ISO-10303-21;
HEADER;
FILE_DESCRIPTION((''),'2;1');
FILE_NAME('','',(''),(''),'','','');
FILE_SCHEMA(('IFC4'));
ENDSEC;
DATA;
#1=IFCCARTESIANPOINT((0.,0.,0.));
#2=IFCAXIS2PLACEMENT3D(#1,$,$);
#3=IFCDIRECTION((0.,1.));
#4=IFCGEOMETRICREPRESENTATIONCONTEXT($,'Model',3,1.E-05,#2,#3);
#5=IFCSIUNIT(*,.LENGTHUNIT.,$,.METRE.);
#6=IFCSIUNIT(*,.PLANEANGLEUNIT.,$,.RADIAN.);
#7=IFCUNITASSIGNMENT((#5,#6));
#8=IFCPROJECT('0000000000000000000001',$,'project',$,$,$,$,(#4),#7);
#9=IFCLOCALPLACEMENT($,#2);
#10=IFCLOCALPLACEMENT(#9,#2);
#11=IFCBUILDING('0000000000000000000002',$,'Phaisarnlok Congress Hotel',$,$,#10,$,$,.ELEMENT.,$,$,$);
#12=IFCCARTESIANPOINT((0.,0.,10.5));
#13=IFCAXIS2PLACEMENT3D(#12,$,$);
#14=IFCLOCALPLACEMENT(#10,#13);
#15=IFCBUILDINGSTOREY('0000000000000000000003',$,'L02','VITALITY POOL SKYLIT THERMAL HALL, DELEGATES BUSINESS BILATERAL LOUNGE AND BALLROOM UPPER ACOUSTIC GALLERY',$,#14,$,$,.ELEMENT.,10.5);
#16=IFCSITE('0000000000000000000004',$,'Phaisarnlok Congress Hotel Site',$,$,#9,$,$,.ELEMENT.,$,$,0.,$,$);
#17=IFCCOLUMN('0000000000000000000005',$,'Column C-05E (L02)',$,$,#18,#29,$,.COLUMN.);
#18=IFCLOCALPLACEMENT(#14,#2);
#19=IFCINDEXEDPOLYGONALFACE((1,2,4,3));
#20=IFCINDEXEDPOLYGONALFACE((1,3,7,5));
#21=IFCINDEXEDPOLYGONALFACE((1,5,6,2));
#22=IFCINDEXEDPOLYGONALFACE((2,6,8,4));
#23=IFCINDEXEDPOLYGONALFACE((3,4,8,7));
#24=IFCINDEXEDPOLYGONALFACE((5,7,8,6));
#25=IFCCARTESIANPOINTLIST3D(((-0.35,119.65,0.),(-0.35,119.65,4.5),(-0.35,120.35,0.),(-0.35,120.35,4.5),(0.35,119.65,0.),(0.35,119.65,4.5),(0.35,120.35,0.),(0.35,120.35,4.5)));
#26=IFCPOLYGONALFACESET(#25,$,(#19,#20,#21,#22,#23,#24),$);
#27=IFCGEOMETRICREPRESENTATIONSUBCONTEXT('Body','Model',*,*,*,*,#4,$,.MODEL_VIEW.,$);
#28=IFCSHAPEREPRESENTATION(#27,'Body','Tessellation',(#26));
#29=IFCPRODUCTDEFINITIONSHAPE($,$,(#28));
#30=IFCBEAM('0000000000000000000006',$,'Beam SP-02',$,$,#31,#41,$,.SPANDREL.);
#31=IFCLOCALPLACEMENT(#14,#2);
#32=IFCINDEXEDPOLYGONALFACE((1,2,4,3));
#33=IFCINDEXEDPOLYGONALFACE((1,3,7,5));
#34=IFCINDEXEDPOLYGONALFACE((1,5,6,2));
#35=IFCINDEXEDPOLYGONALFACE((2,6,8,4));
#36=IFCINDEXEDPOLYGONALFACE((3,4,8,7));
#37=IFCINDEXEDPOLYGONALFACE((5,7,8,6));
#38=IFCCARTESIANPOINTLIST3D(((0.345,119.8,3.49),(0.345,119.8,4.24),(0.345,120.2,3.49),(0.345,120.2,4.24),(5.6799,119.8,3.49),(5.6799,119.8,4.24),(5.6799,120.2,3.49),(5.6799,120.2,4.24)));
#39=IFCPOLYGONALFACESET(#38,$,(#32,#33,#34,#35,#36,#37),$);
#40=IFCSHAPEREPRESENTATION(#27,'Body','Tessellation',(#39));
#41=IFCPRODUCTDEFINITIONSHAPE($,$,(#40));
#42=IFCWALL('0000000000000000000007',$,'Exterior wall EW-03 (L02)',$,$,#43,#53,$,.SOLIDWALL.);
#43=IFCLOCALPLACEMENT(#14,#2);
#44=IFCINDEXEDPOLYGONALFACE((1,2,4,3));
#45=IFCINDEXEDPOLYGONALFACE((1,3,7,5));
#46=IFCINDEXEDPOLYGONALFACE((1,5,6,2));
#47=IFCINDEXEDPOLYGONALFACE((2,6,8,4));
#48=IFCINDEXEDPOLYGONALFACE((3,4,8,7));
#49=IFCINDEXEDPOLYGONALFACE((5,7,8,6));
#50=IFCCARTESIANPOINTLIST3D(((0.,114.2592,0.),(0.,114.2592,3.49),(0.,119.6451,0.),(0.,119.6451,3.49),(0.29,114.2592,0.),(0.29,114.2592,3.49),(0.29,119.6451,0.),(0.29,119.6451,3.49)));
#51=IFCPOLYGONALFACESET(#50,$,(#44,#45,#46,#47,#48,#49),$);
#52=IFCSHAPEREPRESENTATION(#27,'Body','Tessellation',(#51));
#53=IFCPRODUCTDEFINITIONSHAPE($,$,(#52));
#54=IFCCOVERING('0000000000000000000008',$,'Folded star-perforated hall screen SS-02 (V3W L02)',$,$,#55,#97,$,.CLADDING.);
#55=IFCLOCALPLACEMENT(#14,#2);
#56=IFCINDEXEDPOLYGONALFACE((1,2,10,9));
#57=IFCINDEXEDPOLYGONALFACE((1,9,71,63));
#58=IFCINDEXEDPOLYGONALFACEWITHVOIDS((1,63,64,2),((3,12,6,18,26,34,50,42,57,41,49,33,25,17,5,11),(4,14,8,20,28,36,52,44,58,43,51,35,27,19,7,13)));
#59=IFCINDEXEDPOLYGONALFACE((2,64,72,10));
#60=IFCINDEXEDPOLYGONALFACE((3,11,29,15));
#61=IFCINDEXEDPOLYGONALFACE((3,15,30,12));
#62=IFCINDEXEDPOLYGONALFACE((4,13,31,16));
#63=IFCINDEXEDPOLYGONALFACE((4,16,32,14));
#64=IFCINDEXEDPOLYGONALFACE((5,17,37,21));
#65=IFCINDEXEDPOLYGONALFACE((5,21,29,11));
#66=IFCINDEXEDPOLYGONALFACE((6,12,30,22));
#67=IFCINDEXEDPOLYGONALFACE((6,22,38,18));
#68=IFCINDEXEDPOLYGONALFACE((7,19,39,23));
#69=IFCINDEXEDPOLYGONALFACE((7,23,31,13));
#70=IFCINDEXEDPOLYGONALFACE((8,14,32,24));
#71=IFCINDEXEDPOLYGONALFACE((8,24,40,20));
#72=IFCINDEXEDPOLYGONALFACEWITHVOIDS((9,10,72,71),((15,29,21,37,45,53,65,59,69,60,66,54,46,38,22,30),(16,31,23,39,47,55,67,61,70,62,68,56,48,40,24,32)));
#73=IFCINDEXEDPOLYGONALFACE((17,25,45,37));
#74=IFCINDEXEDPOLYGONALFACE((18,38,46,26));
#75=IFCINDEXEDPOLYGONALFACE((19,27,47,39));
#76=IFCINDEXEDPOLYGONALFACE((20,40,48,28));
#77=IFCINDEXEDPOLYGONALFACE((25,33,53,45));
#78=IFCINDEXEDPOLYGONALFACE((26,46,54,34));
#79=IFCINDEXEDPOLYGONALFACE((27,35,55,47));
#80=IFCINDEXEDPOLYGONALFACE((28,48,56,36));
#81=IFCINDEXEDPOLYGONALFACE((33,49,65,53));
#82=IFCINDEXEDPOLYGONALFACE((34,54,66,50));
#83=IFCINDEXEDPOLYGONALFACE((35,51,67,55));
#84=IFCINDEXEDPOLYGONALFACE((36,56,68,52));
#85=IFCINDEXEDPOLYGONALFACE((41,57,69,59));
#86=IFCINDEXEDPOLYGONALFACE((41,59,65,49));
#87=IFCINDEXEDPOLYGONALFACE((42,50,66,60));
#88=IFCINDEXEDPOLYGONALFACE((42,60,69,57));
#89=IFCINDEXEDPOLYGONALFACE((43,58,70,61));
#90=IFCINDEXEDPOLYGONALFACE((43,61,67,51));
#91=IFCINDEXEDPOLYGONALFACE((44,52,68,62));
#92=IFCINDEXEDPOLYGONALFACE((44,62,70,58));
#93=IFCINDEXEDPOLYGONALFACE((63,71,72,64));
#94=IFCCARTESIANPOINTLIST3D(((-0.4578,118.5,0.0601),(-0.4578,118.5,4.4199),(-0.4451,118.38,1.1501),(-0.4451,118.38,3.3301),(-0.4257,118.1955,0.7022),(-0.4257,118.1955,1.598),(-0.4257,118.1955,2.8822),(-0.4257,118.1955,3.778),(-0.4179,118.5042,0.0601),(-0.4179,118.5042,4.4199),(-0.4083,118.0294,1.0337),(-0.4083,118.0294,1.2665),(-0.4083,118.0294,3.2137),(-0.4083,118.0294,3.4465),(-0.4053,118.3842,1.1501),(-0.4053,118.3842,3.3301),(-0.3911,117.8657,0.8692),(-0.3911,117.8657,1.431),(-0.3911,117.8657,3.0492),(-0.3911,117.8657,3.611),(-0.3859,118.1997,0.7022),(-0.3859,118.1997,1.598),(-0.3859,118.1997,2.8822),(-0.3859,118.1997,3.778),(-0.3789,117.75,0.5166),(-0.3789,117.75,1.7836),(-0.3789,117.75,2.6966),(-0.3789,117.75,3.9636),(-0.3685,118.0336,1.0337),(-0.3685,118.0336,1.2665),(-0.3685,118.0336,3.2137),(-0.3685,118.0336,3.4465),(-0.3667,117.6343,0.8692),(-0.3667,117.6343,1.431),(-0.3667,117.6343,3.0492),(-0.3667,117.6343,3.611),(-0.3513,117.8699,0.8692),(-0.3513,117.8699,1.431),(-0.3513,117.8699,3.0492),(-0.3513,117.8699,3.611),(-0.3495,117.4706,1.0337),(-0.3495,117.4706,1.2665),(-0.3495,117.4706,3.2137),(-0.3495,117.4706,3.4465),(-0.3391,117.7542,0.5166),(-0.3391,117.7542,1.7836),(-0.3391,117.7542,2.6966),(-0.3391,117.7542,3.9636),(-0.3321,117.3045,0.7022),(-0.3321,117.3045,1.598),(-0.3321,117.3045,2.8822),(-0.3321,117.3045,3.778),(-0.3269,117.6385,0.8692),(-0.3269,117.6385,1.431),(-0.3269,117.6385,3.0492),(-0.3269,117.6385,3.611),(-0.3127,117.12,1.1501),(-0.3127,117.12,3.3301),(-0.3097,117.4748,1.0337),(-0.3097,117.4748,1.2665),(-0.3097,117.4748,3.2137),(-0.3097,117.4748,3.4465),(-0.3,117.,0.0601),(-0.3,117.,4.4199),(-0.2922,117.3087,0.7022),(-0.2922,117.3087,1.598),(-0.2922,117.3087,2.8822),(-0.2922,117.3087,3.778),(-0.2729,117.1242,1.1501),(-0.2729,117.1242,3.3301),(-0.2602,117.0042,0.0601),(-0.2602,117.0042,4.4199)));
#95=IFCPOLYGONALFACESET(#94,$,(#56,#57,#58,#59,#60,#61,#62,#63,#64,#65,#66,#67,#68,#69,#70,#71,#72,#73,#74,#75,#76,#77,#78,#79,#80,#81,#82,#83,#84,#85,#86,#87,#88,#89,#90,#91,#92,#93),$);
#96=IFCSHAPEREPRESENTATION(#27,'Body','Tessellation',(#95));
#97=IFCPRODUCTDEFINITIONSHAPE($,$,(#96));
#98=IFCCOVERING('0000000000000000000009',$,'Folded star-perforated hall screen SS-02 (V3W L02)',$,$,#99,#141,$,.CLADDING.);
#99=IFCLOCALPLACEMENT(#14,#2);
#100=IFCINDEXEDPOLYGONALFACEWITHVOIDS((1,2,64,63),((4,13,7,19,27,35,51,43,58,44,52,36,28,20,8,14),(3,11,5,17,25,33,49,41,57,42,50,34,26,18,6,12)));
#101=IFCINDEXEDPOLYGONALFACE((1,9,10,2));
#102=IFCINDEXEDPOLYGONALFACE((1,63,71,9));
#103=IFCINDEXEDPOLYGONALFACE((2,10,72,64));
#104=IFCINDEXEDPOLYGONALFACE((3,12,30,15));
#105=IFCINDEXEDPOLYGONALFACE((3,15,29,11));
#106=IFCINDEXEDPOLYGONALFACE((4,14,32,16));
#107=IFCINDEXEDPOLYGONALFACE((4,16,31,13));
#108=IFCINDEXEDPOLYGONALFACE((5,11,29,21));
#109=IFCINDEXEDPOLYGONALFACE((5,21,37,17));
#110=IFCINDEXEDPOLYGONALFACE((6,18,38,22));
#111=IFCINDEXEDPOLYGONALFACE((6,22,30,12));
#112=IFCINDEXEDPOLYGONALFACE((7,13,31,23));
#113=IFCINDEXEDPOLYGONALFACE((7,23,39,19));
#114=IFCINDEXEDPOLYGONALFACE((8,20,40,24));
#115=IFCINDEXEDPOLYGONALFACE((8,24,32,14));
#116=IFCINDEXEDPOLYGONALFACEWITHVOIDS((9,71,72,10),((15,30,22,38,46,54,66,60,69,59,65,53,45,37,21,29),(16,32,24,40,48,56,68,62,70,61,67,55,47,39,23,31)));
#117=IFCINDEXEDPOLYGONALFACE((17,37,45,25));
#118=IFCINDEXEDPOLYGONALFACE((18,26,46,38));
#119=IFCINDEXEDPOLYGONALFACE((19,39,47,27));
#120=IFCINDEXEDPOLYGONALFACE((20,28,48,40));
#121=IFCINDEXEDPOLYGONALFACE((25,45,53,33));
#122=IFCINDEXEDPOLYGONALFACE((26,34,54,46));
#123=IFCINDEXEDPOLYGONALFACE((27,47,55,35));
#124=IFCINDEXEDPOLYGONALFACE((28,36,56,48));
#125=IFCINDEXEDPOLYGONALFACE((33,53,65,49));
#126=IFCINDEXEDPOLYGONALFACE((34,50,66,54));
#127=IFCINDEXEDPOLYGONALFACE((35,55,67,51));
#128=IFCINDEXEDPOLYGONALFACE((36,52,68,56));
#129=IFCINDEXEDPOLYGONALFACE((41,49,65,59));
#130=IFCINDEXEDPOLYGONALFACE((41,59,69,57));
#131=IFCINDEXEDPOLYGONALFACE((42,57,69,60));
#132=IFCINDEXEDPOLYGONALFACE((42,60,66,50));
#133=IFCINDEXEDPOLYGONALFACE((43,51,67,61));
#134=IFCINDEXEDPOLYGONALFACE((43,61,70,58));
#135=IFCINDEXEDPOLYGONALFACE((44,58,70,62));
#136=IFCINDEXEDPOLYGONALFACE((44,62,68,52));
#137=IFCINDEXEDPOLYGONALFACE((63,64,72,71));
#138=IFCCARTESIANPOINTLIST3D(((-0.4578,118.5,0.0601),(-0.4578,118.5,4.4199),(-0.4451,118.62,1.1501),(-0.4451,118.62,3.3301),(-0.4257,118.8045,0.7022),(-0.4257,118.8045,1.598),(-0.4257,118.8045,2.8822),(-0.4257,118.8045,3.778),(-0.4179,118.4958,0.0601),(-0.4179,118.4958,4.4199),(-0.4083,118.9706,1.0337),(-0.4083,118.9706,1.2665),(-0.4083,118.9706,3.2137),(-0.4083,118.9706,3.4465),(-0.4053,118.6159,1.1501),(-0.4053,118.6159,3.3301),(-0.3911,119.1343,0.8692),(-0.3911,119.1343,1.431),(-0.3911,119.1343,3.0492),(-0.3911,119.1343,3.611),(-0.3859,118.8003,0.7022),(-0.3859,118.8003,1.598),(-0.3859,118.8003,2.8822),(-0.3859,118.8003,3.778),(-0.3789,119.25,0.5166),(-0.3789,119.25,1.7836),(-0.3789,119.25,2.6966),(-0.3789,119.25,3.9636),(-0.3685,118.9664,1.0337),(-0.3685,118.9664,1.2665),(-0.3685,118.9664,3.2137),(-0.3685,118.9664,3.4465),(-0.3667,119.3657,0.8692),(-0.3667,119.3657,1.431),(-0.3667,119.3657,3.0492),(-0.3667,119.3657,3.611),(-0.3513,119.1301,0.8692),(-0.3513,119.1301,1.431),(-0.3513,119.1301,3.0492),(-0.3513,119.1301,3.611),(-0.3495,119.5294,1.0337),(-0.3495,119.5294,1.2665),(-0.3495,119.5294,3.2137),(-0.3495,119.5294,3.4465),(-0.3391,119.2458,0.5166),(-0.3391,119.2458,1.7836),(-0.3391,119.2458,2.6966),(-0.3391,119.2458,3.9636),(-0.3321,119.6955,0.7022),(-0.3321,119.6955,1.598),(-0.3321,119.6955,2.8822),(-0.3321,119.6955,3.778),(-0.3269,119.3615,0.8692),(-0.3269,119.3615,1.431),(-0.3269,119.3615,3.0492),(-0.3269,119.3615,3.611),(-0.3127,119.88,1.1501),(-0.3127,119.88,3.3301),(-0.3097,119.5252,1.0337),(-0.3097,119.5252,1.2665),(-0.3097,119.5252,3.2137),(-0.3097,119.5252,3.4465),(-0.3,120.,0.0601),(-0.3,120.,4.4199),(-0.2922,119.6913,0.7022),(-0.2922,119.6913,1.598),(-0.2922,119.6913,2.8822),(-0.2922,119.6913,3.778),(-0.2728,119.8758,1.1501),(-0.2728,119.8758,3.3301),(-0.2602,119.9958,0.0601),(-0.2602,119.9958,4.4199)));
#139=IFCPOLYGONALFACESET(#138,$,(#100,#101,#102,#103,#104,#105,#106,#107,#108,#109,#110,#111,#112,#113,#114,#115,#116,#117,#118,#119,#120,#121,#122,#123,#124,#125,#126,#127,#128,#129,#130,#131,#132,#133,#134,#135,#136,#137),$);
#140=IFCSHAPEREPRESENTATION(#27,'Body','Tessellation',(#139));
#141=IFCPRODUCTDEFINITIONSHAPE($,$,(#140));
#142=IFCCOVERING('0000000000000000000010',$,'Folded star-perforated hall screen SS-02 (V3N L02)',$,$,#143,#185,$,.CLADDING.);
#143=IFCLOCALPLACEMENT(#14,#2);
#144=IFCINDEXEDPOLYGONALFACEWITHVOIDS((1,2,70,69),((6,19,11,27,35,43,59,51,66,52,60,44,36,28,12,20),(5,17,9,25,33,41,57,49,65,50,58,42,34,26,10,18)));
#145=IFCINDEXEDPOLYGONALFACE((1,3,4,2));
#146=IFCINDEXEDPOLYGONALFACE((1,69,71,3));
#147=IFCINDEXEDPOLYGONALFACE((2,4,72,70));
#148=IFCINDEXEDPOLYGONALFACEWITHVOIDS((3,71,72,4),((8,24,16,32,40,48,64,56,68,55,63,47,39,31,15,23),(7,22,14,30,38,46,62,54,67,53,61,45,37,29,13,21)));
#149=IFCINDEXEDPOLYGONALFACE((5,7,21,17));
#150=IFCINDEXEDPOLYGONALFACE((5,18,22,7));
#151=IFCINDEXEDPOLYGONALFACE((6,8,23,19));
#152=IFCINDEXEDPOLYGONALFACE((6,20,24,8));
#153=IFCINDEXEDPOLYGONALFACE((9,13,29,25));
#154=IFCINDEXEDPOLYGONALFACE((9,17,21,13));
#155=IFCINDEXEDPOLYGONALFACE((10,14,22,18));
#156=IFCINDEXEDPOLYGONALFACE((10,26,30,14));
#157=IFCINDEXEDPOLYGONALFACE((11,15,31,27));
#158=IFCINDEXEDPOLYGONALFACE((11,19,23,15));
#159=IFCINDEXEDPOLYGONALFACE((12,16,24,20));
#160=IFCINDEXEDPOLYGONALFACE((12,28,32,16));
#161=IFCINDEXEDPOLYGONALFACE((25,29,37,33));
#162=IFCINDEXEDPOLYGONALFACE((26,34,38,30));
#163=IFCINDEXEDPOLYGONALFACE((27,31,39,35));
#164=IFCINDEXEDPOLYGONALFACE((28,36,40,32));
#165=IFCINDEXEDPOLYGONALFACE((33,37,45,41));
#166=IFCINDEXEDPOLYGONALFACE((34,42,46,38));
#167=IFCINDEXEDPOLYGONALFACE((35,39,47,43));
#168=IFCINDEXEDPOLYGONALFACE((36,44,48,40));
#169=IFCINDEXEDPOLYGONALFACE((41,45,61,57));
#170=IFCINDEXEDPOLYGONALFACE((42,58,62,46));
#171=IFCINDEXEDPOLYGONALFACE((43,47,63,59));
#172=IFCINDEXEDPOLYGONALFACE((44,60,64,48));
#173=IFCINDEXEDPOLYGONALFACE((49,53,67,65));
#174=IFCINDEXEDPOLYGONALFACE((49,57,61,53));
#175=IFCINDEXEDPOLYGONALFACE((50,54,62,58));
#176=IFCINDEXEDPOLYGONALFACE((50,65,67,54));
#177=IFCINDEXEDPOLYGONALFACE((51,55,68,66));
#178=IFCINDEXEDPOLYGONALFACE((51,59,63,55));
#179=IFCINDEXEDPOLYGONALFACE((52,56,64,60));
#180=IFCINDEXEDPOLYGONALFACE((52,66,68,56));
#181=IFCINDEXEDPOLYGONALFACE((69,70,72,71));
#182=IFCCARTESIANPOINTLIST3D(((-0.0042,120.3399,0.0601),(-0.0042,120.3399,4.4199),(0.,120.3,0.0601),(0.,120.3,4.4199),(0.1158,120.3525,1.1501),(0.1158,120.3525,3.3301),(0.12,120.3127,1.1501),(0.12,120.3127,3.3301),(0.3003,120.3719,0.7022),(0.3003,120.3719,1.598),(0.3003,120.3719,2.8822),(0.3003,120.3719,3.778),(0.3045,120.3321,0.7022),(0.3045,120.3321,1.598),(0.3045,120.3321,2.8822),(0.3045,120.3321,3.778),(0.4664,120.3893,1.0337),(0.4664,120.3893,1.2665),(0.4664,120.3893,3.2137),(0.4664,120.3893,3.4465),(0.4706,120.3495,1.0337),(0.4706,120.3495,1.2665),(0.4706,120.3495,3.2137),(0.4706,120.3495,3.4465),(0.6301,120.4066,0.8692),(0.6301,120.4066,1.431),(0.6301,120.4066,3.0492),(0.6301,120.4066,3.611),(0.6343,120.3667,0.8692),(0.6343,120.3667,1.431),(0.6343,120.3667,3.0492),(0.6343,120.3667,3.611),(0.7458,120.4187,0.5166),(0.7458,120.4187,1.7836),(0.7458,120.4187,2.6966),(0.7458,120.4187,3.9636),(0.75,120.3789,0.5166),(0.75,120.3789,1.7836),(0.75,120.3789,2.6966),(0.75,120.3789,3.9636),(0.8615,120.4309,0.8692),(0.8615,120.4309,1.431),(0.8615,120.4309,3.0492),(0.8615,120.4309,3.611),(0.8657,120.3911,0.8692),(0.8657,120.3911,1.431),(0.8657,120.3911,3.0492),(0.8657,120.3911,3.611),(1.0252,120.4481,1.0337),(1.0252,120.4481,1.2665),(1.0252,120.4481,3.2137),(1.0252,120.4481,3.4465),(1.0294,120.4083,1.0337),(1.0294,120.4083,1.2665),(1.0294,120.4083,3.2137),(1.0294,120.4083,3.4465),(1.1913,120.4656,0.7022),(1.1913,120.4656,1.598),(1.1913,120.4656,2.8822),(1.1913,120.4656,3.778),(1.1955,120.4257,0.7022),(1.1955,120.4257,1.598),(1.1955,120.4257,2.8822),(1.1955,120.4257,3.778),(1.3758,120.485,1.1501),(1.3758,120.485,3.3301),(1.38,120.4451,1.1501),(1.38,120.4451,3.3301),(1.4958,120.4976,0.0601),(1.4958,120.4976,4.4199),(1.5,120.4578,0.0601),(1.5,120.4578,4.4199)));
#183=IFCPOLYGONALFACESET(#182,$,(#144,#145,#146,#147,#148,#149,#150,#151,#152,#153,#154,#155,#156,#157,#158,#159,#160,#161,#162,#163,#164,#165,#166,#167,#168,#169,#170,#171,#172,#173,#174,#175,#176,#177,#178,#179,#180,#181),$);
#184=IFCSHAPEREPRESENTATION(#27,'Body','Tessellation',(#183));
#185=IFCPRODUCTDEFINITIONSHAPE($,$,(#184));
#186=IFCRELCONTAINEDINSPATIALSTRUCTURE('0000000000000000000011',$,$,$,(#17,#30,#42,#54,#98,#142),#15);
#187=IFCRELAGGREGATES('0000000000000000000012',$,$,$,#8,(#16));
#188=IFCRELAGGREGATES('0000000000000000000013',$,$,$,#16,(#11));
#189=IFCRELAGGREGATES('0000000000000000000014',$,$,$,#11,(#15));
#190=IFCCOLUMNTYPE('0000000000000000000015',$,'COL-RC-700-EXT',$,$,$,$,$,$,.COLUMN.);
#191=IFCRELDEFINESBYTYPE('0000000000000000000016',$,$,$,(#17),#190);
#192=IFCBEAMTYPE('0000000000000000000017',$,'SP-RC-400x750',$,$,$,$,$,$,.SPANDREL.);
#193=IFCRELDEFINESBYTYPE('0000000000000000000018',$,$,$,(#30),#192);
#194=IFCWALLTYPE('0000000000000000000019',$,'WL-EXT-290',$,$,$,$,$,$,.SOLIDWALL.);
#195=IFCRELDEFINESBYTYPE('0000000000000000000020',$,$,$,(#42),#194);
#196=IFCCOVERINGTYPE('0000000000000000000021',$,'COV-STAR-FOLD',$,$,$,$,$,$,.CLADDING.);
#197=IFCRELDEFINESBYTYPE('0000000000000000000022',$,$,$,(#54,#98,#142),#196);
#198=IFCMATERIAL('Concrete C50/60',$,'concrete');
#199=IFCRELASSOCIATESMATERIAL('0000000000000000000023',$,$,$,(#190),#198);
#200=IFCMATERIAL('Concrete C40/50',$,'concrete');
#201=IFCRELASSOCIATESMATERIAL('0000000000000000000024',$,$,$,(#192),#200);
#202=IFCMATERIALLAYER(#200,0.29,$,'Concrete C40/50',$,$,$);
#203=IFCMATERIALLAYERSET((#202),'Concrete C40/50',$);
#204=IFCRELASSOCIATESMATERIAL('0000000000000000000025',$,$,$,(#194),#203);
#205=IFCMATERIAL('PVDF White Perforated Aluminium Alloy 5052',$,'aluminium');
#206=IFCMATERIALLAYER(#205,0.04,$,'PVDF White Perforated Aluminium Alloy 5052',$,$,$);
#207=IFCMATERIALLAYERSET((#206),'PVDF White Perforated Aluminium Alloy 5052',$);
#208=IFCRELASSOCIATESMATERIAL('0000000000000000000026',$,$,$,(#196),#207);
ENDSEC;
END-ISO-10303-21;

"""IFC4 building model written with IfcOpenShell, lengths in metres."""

from ifc_helpers import new_model, si_unit, direction, frame, frame_2d, origin, origin_2d, place, context, subcontext, project, spatial, polyline, rectangle, outline, extrude, material, layer, layer_set, material_profile, profile_set, type_object, element, save


model = new_model("IFC4")

# Units and contexts
model_context = context("Model", 3, precision=1e-05, world=origin(), true_north=direction((0.0, 1.0)))
body_context = subcontext(model_context, "Body", "Model", "MODEL_VIEW")
ifc_project = project(units=[si_unit("LENGTHUNIT", "METRE"), si_unit("PLANEANGLEUNIT", "RADIAN")], contexts=[model_context])

# Site, building, storey
site_placement = place(None, origin())
site = spatial("IfcSite", under=ifc_project, at=site_placement, Name="Phaisarnlok Congress Hotel Site", CompositionType="ELEMENT", RefElevation=0.0)
building_placement = place(site_placement, origin())
building = spatial("IfcBuilding", under=site, at=building_placement, Name="Phaisarnlok Congress Hotel", CompositionType="ELEMENT")
storey_placement = place(building_placement, frame((0.0, 0.0, 10.5)))
storey = spatial("IfcBuildingStorey", under=building, at=storey_placement, Name="L02", Description="VITALITY POOL SKYLIT THERMAL HALL, DELEGATES BUSINESS BILATERAL LOUNGE AND BALLROOM UPPER ACOUSTIC GALLERY", CompositionType="ELEMENT", Elevation=10.5)

# Column
ifc_material_1 = material(Name="Concrete C50/60", Category="concrete")
ifc_material_profile_1 = material_profile(ifc_material_1, rectangle(XDim=0.7, YDim=0.7, at=origin_2d()), Name="RC 700x700")
ifc_profile_set_1 = profile_set([ifc_material_profile_1], Name="Concrete C50/60")
column_type = type_object("IfcColumnType", Name="COL-RC-700-EXT", PredefinedType="COLUMN", material=ifc_profile_set_1)
column_placement = place(storey_placement, frame((0.0, 120.0, 0.0), z_axis=(0.0, 0.0, 1.0), x_axis=(1.0, 0.0, 0.0)))
element("IfcColumn", 1, at=column_placement, inside=storey, type_object=column_type, Name="Column C-05E (L02)", PredefinedType="COLUMN", context=body_context, shape_type="SweptSolid", body=[
    extrude(rectangle(XDim=0.7, YDim=0.7, at=origin_2d()), origin(), (0.0, 0.0, 1.0), 4.5),
])

# Beam
ifc_material_2 = material(Name="Concrete C40/50", Category="concrete")
ifc_material_profile_2 = material_profile(ifc_material_2, rectangle(XDim=0.3999, YDim=0.75, at=origin_2d()), Name="RC 400x750")
ifc_profile_set_2 = profile_set([ifc_material_profile_2], Name="Concrete C40/50")
beam_type = type_object("IfcBeamType", Name="SP-RC-400x750", PredefinedType="SPANDREL", material=ifc_profile_set_2)
beam_placement = place(storey_placement, frame((0.345, 120.0, 3.865), z_axis=(1.0, 0.0, 0.0), x_axis=(0.0, 1.0, 0.0)))
element("IfcBeam", 2, at=beam_placement, inside=storey, type_object=beam_type, Name="Beam SP-02", PredefinedType="SPANDREL", context=body_context, shape_type="SweptSolid", body=[
    extrude(rectangle(XDim=0.3999, YDim=0.75, at=origin_2d()), origin(), (0.0, 0.0, 1.0), 5.335),
])

# Wall
ifc_layer_1 = layer(ifc_material_2, 0.29, Name="Concrete C40/50")
ifc_layer_set_1 = layer_set([ifc_layer_1], Name="Concrete C40/50")
wall_type = type_object("IfcWallType", Name="WL-EXT-290", PredefinedType="SOLIDWALL", material=ifc_layer_set_1)
wall_placement = place(storey_placement, frame((0.145, 119.645, 0.0), z_axis=(0.0, 0.0, 1.0), x_axis=(0.0, -1.0, 0.0)))
element("IfcWall", 3, at=wall_placement, inside=storey, type_object=wall_type, Name="Exterior wall EW-03 (L02)", PredefinedType="SOLIDWALL", context=body_context, shape_type="SweptSolid", body=[
    extrude(rectangle(XDim=5.386, YDim=0.29, at=frame_2d((2.6929, 0.0))), origin(), (0.0, 0.0, 1.0), 3.49),
])

# Coverings
ifc_material_3 = material(Name="PVDF White Perforated Aluminium Alloy 5052", Category="aluminium")
ifc_layer_2 = layer(ifc_material_3, 0.04, Name="PVDF White Perforated Aluminium Alloy 5052")
ifc_layer_set_2 = layer_set([ifc_layer_2], Name="PVDF White Perforated Aluminium Alloy 5052")
covering_type = type_object("IfcCoveringType", Name="COV-STAR-FOLD", PredefinedType="CLADDING", material=ifc_layer_set_2)
for number, where, z_axis, x_axis, name in (
    (4, (-0.3, 117.0, 0.0601), (0.994518, 0.104567, 0.0), (-0.104567, 0.994518, 0.0), "Folded star-perforated hall screen SS-02 (V3W L02)"),
    (5, (-0.4578, 118.5, 0.0601), (0.994518, -0.104567, 0.0), (0.104567, 0.994518, 0.0), "Folded star-perforated hall screen SS-02 (V3W L02)"),
    (6, (1.5, 120.4578, 0.0601), (-0.104567, 0.994518, 0.0), (-0.994518, -0.104567, 0.0), "Folded star-perforated hall screen SS-02 (V3N L02)"),
):
    element("IfcCovering", number, at=place(storey_placement, frame(where, z_axis=z_axis, x_axis=x_axis)), inside=storey, type_object=covering_type, Name=name, PredefinedType="CLADDING", context=body_context, shape_type="SweptSolid", body=[
        extrude(outline(polyline([(0.0, 0.0), (1.5083, 0.0), (1.5083, 4.3599), (0.0, 4.3599), (0.0, 0.0)]), holes=[polyline([(1.0351, 0.9736), (1.2021, 0.6421), (0.8705, 0.8091), (0.7541, 0.4565), (0.6378, 0.8091), (0.3062, 0.6421), (0.4732, 0.9736), (0.1207, 1.09), (0.4732, 1.2064), (0.3062, 1.5379), (0.6378, 1.3709), (0.7541, 1.7235), (0.8705, 1.3709), (1.2021, 1.5379), (1.0351, 1.2064), (1.3876, 1.09), (1.0351, 0.9736)]), polyline([(1.0351, 3.1536), (1.2021, 2.8221), (0.8705, 2.9891), (0.7541, 2.6365), (0.6378, 2.9891), (0.3062, 2.8221), (0.4732, 3.1536), (0.1207, 3.27), (0.4732, 3.3864), (0.3062, 3.7179), (0.6378, 3.5509), (0.7541, 3.9035), (0.8705, 3.5509), (1.2021, 3.7179), (1.0351, 3.3864), (1.3876, 3.27), (1.0351, 3.1536)])]), origin(), (0.0, 0.0, 1.0), 0.04),
    ])

save(model, "model.ifc")
